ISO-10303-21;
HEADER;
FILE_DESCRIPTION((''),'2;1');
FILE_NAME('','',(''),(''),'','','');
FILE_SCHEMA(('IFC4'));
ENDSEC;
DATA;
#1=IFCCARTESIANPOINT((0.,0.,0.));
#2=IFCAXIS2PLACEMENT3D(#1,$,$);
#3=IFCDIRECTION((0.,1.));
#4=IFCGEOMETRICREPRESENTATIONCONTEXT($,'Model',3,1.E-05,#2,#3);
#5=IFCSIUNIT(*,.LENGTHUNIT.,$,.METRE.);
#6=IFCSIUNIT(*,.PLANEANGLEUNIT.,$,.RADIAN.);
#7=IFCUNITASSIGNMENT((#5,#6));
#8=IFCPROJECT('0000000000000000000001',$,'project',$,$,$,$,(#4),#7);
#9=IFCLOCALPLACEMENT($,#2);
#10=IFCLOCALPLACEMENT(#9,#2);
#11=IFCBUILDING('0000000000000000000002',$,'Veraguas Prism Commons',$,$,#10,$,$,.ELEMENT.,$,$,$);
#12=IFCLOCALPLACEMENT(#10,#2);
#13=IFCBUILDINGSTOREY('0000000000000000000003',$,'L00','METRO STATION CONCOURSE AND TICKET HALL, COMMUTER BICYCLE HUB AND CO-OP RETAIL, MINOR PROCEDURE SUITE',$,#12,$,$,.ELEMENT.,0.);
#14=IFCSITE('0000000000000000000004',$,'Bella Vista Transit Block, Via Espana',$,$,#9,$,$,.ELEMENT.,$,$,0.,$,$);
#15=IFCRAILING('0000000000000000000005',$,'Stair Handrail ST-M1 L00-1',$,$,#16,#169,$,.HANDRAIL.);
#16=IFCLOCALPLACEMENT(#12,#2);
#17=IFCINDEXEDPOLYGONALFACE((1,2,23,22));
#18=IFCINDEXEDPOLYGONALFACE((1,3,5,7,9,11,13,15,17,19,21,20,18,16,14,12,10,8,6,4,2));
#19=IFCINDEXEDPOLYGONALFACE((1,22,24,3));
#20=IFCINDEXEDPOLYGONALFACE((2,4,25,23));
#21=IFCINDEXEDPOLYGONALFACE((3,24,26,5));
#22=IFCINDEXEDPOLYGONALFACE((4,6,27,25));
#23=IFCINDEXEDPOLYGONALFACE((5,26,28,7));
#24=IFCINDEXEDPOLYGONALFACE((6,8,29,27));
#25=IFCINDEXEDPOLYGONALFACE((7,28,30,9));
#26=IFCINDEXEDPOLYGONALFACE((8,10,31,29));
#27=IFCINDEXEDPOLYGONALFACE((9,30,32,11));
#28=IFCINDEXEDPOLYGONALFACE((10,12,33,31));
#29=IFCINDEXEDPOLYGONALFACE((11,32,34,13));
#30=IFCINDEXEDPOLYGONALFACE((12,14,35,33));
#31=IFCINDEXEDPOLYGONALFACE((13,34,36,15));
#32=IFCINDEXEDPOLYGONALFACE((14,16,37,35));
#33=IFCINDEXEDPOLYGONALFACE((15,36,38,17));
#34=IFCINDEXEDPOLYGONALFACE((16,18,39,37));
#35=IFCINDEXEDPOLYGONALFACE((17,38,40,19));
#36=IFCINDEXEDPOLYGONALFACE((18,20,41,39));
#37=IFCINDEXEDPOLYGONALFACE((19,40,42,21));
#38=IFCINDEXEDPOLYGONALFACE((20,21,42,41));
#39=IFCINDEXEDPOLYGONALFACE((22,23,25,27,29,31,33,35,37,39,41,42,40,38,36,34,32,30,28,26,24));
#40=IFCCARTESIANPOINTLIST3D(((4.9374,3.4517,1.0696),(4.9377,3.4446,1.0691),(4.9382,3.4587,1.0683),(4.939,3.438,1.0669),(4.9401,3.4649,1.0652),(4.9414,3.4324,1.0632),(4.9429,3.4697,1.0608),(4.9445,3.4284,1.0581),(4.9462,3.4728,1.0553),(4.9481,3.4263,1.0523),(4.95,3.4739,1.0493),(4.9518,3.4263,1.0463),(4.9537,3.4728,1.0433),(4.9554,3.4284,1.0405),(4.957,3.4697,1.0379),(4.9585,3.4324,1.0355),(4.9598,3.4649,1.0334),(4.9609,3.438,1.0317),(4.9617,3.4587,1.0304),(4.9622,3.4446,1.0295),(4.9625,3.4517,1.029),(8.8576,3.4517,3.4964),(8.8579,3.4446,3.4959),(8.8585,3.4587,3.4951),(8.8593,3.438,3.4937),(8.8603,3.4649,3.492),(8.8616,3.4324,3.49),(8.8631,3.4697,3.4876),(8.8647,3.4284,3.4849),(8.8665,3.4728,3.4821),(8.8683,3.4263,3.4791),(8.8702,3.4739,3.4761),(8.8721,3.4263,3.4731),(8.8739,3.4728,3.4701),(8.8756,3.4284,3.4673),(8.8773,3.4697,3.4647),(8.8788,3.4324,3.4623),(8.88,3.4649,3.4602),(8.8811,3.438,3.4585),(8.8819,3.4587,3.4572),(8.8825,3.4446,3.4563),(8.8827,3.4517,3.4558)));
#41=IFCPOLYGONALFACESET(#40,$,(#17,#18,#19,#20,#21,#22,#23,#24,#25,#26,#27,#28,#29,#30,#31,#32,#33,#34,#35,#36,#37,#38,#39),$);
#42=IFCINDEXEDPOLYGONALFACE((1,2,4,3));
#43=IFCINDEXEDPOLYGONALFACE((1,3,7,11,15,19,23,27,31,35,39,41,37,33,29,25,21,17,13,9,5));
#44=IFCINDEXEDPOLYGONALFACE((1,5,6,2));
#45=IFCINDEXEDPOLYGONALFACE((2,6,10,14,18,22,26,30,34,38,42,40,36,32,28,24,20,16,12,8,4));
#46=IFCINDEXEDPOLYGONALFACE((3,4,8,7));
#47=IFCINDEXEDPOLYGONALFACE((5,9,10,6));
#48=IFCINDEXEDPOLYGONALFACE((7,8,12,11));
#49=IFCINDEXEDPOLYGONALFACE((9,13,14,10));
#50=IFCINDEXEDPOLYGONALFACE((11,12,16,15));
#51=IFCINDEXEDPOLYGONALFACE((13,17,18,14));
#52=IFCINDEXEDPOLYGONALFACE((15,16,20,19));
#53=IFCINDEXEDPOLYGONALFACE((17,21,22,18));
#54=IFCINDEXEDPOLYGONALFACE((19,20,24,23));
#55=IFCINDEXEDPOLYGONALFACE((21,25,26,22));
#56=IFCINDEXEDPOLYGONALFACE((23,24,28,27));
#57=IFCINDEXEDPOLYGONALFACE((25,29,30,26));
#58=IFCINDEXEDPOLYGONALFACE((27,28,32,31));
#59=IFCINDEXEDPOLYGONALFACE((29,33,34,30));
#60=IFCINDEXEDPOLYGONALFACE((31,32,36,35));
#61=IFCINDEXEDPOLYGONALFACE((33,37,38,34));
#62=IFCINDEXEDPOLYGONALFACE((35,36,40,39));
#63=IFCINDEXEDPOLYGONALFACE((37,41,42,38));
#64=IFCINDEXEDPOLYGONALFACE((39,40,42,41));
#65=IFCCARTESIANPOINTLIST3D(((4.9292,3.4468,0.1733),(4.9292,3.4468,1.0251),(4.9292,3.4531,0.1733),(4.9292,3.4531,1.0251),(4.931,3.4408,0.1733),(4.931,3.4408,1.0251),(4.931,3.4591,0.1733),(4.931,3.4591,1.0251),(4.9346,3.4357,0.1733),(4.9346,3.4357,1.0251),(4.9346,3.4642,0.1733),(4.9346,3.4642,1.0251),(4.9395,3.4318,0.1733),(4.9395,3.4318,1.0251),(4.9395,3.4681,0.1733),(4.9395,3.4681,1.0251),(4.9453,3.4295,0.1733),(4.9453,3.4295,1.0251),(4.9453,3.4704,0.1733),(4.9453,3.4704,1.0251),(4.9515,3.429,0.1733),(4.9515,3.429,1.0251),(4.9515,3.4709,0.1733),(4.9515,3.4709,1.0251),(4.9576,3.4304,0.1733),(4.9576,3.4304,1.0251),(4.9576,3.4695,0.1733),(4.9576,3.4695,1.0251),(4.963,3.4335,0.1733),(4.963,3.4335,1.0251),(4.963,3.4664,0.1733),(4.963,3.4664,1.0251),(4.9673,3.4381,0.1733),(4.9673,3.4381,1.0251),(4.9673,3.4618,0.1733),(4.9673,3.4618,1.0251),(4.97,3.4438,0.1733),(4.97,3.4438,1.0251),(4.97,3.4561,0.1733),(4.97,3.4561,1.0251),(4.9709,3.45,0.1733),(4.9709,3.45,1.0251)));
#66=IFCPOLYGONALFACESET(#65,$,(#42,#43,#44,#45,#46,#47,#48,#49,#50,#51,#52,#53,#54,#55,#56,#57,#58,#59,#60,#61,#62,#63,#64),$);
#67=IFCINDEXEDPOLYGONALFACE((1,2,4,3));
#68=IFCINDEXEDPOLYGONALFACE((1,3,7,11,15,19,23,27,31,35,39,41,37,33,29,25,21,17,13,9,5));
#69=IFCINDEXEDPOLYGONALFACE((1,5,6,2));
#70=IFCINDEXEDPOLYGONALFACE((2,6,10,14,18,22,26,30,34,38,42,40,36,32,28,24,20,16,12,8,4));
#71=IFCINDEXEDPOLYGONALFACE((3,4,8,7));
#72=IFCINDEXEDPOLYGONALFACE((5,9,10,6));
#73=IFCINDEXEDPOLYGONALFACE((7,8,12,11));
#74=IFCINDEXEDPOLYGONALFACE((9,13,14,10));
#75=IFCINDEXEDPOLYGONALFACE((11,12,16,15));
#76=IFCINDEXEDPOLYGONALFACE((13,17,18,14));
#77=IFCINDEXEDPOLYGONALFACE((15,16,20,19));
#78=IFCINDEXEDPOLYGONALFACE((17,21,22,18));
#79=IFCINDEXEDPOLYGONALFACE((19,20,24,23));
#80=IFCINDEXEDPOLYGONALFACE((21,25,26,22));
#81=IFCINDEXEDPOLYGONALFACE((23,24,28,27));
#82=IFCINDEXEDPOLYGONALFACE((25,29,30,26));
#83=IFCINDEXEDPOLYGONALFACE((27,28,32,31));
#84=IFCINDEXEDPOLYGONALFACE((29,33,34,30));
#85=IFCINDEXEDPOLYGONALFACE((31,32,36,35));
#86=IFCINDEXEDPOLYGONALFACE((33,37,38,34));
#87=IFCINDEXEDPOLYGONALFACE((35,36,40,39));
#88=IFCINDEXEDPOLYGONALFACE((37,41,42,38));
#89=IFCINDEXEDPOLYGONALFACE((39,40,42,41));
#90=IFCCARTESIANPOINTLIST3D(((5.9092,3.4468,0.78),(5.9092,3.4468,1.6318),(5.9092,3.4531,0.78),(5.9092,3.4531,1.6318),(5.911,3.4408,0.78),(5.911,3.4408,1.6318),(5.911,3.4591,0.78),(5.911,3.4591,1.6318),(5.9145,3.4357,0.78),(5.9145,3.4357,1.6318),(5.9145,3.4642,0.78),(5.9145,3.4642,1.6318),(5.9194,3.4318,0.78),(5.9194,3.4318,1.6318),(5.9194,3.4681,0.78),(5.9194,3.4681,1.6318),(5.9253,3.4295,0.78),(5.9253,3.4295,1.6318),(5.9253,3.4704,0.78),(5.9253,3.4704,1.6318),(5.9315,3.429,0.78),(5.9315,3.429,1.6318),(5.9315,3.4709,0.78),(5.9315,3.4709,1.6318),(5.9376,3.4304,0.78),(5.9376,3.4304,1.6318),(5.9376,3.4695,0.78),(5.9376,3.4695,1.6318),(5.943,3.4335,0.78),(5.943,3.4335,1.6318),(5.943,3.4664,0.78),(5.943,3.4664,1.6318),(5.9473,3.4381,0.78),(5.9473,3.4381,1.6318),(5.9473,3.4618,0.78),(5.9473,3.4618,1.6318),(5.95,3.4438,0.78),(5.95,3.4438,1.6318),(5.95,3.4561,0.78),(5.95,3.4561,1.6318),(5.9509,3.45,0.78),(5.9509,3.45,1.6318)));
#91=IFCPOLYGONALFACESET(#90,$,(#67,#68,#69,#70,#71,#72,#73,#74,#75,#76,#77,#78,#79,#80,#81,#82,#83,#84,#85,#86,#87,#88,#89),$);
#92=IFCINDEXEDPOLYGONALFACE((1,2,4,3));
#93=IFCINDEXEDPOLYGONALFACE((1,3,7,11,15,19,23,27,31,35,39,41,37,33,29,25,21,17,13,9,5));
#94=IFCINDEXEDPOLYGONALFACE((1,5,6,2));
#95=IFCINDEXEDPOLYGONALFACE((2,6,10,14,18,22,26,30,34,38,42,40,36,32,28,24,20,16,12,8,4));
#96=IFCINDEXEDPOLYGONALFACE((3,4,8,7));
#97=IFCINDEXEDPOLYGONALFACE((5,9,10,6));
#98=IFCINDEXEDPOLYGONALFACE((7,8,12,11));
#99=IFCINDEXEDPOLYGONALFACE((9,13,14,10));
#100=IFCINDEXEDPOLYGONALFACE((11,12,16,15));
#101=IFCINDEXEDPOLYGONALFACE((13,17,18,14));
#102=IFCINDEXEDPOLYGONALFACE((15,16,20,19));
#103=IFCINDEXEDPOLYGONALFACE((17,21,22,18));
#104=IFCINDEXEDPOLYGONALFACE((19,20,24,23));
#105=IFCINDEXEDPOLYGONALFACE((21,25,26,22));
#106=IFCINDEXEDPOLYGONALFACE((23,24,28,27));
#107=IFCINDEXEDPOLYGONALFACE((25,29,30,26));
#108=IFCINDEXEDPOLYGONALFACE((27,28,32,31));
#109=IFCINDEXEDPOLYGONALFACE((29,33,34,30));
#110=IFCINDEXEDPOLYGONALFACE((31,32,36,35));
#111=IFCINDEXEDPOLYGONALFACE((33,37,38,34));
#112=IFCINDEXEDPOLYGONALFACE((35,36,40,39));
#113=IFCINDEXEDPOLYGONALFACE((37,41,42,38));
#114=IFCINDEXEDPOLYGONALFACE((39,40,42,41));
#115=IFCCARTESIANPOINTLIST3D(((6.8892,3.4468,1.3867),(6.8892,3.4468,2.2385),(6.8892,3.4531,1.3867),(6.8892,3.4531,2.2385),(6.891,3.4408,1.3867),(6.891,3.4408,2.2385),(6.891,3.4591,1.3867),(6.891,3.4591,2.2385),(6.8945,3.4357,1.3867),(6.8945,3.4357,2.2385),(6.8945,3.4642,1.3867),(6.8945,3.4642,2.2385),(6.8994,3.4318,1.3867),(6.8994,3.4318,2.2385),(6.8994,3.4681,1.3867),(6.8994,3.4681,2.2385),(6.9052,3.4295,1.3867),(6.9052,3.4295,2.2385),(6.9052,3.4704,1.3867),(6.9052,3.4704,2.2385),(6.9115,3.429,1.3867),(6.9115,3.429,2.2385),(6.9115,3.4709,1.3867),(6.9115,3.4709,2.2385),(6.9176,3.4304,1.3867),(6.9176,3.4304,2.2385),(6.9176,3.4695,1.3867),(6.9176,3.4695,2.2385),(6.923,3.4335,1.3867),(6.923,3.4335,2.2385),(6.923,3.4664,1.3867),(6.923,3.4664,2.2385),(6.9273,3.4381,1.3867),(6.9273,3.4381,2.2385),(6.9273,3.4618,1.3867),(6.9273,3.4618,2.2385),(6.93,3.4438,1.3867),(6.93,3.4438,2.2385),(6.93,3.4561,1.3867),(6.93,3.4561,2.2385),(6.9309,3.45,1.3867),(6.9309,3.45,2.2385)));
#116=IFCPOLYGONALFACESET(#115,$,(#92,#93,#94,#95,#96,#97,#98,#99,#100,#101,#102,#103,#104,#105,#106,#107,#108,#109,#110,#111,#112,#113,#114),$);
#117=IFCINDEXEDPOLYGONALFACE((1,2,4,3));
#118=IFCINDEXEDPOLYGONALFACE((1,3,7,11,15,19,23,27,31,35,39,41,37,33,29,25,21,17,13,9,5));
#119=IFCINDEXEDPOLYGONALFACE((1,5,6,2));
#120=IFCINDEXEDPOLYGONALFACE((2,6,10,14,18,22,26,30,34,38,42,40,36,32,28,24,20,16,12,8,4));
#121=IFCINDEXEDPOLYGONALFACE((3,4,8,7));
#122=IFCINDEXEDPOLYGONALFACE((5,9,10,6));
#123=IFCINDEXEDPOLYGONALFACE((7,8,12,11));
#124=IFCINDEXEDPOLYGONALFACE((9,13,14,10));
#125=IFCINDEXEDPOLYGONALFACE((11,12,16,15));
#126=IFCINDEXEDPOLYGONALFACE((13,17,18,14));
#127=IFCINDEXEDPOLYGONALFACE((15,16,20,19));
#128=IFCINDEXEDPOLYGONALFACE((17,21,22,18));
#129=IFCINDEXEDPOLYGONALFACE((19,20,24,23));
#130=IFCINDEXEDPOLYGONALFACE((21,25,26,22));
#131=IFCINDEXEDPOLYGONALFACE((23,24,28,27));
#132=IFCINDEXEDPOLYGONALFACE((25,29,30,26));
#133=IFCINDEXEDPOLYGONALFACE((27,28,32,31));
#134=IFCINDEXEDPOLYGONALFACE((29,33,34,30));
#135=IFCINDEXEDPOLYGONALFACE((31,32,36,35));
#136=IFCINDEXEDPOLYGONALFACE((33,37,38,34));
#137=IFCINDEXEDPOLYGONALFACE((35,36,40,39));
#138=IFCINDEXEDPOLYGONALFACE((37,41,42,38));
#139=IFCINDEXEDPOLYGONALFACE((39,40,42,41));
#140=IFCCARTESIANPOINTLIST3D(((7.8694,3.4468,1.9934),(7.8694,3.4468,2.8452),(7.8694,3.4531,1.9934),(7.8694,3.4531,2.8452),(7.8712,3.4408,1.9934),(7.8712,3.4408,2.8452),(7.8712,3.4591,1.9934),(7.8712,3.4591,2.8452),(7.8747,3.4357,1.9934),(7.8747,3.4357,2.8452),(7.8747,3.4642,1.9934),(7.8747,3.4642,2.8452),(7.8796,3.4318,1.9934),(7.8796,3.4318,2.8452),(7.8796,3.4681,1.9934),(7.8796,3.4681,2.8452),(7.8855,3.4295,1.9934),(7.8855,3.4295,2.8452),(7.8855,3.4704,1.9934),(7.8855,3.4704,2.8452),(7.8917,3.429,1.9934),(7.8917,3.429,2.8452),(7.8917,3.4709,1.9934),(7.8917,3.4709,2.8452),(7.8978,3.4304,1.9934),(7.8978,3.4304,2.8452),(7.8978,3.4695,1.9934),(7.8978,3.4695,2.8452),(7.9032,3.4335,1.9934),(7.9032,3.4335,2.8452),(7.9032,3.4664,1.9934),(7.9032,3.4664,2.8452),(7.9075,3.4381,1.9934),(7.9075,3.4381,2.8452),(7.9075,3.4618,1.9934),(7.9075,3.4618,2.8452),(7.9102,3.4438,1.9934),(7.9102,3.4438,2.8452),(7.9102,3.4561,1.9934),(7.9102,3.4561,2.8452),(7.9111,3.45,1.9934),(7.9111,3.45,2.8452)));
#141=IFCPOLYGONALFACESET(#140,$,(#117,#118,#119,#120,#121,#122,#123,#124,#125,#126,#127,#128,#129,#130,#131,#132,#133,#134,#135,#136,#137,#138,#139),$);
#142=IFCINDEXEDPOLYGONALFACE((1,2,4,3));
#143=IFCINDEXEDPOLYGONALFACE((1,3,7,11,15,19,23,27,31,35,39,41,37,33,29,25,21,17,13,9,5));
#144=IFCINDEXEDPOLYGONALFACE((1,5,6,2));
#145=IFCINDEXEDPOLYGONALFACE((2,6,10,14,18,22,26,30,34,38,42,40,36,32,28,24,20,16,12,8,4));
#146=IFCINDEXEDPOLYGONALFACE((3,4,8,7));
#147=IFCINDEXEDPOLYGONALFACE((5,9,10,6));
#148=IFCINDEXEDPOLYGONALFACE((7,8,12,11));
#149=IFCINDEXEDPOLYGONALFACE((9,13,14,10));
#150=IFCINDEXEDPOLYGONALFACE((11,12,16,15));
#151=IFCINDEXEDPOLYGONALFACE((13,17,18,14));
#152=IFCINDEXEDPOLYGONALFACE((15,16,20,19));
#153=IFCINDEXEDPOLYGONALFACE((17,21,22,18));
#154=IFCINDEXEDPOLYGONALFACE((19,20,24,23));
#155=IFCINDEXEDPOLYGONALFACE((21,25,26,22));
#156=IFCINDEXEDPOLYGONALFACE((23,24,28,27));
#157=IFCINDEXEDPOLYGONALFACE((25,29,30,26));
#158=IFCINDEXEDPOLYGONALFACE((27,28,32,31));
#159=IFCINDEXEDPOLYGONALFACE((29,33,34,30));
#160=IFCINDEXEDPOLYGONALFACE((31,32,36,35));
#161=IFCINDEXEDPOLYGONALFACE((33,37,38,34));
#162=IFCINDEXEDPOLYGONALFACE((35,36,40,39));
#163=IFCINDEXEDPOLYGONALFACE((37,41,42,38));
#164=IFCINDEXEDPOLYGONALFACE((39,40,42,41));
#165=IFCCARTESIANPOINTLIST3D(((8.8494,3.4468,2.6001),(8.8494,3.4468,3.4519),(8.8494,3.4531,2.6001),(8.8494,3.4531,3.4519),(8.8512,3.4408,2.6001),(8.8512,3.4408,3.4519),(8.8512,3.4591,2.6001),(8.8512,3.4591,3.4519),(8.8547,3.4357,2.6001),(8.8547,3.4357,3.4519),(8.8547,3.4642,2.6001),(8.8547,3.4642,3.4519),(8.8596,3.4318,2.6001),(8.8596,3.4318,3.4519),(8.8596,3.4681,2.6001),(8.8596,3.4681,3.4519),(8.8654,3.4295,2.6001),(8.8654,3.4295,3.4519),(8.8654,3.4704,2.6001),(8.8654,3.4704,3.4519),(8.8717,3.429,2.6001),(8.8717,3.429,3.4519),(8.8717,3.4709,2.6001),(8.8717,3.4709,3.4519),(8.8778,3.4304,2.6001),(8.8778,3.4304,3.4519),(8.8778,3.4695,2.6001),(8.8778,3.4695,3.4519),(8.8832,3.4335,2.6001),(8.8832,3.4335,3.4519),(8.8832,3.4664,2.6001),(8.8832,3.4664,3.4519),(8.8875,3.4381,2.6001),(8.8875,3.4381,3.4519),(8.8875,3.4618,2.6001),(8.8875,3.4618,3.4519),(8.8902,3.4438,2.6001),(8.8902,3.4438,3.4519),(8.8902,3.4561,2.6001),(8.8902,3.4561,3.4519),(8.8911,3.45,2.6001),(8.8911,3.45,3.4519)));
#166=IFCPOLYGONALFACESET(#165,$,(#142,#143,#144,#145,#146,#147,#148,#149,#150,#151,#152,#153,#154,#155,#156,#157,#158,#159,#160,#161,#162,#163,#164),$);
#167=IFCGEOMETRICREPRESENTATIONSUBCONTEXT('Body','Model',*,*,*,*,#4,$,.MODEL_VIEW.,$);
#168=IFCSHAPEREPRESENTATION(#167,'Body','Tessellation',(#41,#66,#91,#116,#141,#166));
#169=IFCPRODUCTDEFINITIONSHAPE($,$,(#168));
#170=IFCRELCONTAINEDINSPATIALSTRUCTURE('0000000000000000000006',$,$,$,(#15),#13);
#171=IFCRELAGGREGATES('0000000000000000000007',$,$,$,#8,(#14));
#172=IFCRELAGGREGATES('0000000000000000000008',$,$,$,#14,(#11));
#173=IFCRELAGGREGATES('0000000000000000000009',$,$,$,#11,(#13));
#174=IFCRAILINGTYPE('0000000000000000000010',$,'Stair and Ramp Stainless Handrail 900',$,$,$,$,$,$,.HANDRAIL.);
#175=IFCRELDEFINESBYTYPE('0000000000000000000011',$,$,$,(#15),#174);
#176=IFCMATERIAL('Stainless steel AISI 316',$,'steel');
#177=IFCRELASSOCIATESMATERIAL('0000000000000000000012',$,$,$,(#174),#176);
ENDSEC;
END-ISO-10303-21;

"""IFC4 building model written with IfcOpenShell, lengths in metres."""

from ifc_helpers import new_model, si_unit, direction, frame, origin, origin_2d, place, context, subcontext, project, spatial, circle, extrude, material, type_object, element, save


model = new_model("IFC4")

# Units and contexts
model_context = context("Model", 3, precision=1e-05, world=origin(), true_north=direction((0.0, 1.0)))
body_context = subcontext(model_context, "Body", "Model", "MODEL_VIEW")
ifc_project = project(units=[si_unit("LENGTHUNIT", "METRE"), si_unit("PLANEANGLEUNIT", "RADIAN")], contexts=[model_context])

# Site, building, storey
site_placement = place(None, origin())
site = spatial("IfcSite", under=ifc_project, at=site_placement, Name="Bella Vista Transit Block, Via Espana", CompositionType="ELEMENT", RefElevation=0.0)
building_placement = place(site_placement, origin())
building = spatial("IfcBuilding", under=site, at=building_placement, Name="Veraguas Prism Commons", CompositionType="ELEMENT")
storey_placement = place(building_placement, origin())
storey = spatial("IfcBuildingStorey", under=building, at=storey_placement, Name="L00", Description="METRO STATION CONCOURSE AND TICKET HALL, COMMUTER BICYCLE HUB AND CO-OP RETAIL, MINOR PROCEDURE SUITE", CompositionType="ELEMENT", Elevation=0.0)

# Railing
ifc_material_1 = material(Name="Stainless steel AISI 316", Category="steel")
railing_type_1 = type_object("IfcRailingType", Name="Stair and Ramp Stainless Handrail 900", PredefinedType="HANDRAIL", material=ifc_material_1)
railing_1_placement = place(storey_placement, frame((4.95, 3.45, 0.1733)))
element("IfcRailing", 1, at=railing_1_placement, inside=storey, type_object=railing_type_1, Name="Stair Handrail ST-M1 L00-1", PredefinedType="HANDRAIL", context=body_context, shape_type="SweptSolid", body=[
    extrude(circle(Radius=0.0239, at=origin_2d()), frame((0.0, 0.0, 0.876), z_axis=(0.850266, 0.0, 0.526353), x_axis=(0.0, 1.0, 0.0)), (0.0, 0.0, 1.0), 4.6106),
    extrude(circle(Radius=0.021, at=origin_2d()), origin(), (0.0, 0.0, 1.0), 0.8518),
    extrude(circle(Radius=0.021, at=origin_2d()), frame((0.98, 0.0, 0.6067)), (0.0, 0.0, 1.0), 0.8518),
    extrude(circle(Radius=0.021, at=origin_2d()), frame((1.96, 0.0, 1.2134)), (0.0, 0.0, 1.0), 0.8518),
    extrude(circle(Radius=0.021, at=origin_2d()), frame((2.9402, 0.0, 1.8201)), (0.0, 0.0, 1.0), 0.8518),
    extrude(circle(Radius=0.021, at=origin_2d()), frame((3.9202, 0.0, 2.4268)), (0.0, 0.0, 1.0), 0.8518),
])

save(model, "model.ifc")
